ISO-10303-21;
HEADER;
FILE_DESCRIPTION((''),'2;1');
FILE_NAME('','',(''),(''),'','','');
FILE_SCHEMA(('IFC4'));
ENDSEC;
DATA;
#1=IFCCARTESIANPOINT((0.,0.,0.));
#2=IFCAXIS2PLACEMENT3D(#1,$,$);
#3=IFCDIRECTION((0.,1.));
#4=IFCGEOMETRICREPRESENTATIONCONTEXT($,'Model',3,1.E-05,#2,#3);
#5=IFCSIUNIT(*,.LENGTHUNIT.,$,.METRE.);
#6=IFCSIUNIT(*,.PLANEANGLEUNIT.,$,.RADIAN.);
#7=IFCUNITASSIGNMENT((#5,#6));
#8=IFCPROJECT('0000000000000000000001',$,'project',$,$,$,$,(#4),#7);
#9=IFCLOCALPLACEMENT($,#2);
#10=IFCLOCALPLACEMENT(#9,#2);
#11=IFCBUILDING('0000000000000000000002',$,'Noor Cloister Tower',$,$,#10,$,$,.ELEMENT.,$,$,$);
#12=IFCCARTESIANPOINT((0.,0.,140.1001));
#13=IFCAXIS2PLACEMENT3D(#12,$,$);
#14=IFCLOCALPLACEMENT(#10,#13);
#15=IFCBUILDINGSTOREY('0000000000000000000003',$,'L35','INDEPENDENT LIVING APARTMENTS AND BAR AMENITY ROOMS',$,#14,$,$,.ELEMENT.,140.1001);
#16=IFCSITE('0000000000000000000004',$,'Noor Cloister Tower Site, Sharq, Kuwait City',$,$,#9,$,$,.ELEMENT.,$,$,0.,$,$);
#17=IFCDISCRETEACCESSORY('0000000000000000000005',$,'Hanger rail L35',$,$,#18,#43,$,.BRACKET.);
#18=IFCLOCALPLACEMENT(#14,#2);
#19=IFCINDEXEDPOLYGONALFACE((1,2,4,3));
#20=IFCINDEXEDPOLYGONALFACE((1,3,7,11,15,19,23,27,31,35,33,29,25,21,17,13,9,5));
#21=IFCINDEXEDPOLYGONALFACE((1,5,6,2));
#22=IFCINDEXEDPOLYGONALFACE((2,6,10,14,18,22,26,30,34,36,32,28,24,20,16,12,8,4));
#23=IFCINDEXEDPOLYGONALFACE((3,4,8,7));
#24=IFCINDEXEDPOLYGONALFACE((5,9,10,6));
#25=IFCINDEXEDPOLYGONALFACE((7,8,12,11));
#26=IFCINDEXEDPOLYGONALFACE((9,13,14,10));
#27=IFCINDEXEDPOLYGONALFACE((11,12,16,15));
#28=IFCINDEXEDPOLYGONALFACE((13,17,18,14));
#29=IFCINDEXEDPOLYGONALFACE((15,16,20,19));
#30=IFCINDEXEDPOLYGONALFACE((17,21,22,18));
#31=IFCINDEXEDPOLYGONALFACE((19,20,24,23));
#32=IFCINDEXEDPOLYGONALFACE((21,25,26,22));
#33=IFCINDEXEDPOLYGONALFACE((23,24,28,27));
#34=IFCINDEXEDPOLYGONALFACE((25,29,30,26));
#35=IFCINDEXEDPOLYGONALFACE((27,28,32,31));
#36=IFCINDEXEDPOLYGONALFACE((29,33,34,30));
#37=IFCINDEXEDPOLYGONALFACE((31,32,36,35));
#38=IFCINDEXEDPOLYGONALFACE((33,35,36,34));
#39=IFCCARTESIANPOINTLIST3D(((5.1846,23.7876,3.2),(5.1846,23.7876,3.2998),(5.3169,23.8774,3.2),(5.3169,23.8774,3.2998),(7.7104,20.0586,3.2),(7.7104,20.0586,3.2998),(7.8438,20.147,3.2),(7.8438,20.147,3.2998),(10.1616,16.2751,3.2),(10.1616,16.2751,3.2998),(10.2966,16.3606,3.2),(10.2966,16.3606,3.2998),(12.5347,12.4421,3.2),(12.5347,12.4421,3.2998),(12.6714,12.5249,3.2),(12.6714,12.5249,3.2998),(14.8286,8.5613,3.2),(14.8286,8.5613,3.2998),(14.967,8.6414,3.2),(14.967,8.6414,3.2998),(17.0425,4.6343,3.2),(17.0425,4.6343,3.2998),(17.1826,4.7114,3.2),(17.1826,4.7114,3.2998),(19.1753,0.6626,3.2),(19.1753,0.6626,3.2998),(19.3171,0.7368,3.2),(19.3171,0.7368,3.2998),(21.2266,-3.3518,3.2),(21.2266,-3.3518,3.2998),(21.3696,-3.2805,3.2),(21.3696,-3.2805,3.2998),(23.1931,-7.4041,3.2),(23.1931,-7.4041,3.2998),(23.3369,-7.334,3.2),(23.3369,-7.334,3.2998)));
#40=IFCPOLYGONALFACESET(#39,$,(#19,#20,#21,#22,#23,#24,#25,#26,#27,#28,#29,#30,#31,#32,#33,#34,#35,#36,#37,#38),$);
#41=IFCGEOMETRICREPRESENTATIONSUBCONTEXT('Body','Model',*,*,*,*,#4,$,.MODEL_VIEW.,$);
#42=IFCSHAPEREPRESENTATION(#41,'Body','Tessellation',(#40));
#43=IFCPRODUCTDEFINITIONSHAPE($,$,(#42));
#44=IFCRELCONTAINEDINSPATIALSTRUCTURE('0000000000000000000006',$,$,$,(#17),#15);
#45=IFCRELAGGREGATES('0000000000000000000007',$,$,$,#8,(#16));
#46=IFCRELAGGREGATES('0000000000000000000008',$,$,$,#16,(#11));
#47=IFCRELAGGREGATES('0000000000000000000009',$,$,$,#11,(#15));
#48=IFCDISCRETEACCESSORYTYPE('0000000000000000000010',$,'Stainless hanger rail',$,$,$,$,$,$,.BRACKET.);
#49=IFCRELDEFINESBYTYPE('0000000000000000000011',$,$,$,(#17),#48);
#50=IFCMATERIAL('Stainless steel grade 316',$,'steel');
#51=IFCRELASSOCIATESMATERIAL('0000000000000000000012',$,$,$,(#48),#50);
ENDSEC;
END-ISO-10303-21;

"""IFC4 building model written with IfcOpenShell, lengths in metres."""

from ifc_helpers import new_model, si_unit, direction, frame, origin, place, context, subcontext, project, spatial, polyline, outline, extrude, material, type_object, element, save


model = new_model("IFC4")

# Units and contexts
model_context = context("Model", 3, precision=1e-05, world=origin(), true_north=direction((0.0, 1.0)))
body_context = subcontext(model_context, "Body", "Model", "MODEL_VIEW")
ifc_project = project(units=[si_unit("LENGTHUNIT", "METRE"), si_unit("PLANEANGLEUNIT", "RADIAN")], contexts=[model_context])

# Site, building, storey
site_placement = place(None, origin())
site = spatial("IfcSite", under=ifc_project, at=site_placement, Name="Noor Cloister Tower Site, Sharq, Kuwait City", CompositionType="ELEMENT", RefElevation=0.0)
building_placement = place(site_placement, origin())
building = spatial("IfcBuilding", under=site, at=building_placement, Name="Noor Cloister Tower", CompositionType="ELEMENT")
storey_placement = place(building_placement, frame((0.0, 0.0, 140.1001)))
storey = spatial("IfcBuildingStorey", under=building, at=storey_placement, Name="L35", Description="INDEPENDENT LIVING APARTMENTS AND BAR AMENITY ROOMS", CompositionType="ELEMENT", Elevation=140.1001)

# Discrete accessory
ifc_material_1 = material(Name="Stainless steel grade 316", Category="steel")
discrete_accessory_type = type_object("IfcDiscreteAccessoryType", Name="Stainless hanger rail", PredefinedType="BRACKET", material=ifc_material_1)
discrete_accessory_1_placement = place(storey_placement, frame((0.0, 0.0, 3.2)))
element("IfcDiscreteAccessory", 1, at=discrete_accessory_1_placement, inside=storey, type_object=discrete_accessory_type, Name="Hanger rail L35", PredefinedType="BRACKET", context=body_context, shape_type="SweptSolid", body=[
    extrude(outline(polyline([(23.3369, -7.334), (21.3696, -3.2805), (19.3171, 0.7368), (17.1826, 4.7114), (14.967, 8.6414), (12.6714, 12.5249), (10.2966, 16.3606), (7.8438, 20.147), (5.3169, 23.8774), (5.1846, 23.7876), (7.7104, 20.0586), (10.1616, 16.2751), (12.5347, 12.4421), (14.8286, 8.5613), (17.0425, 4.6343), (19.1753, 0.6626), (21.2266, -3.3518), (23.1931, -7.4041), (23.3369, -7.334)])), origin(), (0.0, 0.0, 1.0), 0.0999),
])

save(model, "model.ifc")
